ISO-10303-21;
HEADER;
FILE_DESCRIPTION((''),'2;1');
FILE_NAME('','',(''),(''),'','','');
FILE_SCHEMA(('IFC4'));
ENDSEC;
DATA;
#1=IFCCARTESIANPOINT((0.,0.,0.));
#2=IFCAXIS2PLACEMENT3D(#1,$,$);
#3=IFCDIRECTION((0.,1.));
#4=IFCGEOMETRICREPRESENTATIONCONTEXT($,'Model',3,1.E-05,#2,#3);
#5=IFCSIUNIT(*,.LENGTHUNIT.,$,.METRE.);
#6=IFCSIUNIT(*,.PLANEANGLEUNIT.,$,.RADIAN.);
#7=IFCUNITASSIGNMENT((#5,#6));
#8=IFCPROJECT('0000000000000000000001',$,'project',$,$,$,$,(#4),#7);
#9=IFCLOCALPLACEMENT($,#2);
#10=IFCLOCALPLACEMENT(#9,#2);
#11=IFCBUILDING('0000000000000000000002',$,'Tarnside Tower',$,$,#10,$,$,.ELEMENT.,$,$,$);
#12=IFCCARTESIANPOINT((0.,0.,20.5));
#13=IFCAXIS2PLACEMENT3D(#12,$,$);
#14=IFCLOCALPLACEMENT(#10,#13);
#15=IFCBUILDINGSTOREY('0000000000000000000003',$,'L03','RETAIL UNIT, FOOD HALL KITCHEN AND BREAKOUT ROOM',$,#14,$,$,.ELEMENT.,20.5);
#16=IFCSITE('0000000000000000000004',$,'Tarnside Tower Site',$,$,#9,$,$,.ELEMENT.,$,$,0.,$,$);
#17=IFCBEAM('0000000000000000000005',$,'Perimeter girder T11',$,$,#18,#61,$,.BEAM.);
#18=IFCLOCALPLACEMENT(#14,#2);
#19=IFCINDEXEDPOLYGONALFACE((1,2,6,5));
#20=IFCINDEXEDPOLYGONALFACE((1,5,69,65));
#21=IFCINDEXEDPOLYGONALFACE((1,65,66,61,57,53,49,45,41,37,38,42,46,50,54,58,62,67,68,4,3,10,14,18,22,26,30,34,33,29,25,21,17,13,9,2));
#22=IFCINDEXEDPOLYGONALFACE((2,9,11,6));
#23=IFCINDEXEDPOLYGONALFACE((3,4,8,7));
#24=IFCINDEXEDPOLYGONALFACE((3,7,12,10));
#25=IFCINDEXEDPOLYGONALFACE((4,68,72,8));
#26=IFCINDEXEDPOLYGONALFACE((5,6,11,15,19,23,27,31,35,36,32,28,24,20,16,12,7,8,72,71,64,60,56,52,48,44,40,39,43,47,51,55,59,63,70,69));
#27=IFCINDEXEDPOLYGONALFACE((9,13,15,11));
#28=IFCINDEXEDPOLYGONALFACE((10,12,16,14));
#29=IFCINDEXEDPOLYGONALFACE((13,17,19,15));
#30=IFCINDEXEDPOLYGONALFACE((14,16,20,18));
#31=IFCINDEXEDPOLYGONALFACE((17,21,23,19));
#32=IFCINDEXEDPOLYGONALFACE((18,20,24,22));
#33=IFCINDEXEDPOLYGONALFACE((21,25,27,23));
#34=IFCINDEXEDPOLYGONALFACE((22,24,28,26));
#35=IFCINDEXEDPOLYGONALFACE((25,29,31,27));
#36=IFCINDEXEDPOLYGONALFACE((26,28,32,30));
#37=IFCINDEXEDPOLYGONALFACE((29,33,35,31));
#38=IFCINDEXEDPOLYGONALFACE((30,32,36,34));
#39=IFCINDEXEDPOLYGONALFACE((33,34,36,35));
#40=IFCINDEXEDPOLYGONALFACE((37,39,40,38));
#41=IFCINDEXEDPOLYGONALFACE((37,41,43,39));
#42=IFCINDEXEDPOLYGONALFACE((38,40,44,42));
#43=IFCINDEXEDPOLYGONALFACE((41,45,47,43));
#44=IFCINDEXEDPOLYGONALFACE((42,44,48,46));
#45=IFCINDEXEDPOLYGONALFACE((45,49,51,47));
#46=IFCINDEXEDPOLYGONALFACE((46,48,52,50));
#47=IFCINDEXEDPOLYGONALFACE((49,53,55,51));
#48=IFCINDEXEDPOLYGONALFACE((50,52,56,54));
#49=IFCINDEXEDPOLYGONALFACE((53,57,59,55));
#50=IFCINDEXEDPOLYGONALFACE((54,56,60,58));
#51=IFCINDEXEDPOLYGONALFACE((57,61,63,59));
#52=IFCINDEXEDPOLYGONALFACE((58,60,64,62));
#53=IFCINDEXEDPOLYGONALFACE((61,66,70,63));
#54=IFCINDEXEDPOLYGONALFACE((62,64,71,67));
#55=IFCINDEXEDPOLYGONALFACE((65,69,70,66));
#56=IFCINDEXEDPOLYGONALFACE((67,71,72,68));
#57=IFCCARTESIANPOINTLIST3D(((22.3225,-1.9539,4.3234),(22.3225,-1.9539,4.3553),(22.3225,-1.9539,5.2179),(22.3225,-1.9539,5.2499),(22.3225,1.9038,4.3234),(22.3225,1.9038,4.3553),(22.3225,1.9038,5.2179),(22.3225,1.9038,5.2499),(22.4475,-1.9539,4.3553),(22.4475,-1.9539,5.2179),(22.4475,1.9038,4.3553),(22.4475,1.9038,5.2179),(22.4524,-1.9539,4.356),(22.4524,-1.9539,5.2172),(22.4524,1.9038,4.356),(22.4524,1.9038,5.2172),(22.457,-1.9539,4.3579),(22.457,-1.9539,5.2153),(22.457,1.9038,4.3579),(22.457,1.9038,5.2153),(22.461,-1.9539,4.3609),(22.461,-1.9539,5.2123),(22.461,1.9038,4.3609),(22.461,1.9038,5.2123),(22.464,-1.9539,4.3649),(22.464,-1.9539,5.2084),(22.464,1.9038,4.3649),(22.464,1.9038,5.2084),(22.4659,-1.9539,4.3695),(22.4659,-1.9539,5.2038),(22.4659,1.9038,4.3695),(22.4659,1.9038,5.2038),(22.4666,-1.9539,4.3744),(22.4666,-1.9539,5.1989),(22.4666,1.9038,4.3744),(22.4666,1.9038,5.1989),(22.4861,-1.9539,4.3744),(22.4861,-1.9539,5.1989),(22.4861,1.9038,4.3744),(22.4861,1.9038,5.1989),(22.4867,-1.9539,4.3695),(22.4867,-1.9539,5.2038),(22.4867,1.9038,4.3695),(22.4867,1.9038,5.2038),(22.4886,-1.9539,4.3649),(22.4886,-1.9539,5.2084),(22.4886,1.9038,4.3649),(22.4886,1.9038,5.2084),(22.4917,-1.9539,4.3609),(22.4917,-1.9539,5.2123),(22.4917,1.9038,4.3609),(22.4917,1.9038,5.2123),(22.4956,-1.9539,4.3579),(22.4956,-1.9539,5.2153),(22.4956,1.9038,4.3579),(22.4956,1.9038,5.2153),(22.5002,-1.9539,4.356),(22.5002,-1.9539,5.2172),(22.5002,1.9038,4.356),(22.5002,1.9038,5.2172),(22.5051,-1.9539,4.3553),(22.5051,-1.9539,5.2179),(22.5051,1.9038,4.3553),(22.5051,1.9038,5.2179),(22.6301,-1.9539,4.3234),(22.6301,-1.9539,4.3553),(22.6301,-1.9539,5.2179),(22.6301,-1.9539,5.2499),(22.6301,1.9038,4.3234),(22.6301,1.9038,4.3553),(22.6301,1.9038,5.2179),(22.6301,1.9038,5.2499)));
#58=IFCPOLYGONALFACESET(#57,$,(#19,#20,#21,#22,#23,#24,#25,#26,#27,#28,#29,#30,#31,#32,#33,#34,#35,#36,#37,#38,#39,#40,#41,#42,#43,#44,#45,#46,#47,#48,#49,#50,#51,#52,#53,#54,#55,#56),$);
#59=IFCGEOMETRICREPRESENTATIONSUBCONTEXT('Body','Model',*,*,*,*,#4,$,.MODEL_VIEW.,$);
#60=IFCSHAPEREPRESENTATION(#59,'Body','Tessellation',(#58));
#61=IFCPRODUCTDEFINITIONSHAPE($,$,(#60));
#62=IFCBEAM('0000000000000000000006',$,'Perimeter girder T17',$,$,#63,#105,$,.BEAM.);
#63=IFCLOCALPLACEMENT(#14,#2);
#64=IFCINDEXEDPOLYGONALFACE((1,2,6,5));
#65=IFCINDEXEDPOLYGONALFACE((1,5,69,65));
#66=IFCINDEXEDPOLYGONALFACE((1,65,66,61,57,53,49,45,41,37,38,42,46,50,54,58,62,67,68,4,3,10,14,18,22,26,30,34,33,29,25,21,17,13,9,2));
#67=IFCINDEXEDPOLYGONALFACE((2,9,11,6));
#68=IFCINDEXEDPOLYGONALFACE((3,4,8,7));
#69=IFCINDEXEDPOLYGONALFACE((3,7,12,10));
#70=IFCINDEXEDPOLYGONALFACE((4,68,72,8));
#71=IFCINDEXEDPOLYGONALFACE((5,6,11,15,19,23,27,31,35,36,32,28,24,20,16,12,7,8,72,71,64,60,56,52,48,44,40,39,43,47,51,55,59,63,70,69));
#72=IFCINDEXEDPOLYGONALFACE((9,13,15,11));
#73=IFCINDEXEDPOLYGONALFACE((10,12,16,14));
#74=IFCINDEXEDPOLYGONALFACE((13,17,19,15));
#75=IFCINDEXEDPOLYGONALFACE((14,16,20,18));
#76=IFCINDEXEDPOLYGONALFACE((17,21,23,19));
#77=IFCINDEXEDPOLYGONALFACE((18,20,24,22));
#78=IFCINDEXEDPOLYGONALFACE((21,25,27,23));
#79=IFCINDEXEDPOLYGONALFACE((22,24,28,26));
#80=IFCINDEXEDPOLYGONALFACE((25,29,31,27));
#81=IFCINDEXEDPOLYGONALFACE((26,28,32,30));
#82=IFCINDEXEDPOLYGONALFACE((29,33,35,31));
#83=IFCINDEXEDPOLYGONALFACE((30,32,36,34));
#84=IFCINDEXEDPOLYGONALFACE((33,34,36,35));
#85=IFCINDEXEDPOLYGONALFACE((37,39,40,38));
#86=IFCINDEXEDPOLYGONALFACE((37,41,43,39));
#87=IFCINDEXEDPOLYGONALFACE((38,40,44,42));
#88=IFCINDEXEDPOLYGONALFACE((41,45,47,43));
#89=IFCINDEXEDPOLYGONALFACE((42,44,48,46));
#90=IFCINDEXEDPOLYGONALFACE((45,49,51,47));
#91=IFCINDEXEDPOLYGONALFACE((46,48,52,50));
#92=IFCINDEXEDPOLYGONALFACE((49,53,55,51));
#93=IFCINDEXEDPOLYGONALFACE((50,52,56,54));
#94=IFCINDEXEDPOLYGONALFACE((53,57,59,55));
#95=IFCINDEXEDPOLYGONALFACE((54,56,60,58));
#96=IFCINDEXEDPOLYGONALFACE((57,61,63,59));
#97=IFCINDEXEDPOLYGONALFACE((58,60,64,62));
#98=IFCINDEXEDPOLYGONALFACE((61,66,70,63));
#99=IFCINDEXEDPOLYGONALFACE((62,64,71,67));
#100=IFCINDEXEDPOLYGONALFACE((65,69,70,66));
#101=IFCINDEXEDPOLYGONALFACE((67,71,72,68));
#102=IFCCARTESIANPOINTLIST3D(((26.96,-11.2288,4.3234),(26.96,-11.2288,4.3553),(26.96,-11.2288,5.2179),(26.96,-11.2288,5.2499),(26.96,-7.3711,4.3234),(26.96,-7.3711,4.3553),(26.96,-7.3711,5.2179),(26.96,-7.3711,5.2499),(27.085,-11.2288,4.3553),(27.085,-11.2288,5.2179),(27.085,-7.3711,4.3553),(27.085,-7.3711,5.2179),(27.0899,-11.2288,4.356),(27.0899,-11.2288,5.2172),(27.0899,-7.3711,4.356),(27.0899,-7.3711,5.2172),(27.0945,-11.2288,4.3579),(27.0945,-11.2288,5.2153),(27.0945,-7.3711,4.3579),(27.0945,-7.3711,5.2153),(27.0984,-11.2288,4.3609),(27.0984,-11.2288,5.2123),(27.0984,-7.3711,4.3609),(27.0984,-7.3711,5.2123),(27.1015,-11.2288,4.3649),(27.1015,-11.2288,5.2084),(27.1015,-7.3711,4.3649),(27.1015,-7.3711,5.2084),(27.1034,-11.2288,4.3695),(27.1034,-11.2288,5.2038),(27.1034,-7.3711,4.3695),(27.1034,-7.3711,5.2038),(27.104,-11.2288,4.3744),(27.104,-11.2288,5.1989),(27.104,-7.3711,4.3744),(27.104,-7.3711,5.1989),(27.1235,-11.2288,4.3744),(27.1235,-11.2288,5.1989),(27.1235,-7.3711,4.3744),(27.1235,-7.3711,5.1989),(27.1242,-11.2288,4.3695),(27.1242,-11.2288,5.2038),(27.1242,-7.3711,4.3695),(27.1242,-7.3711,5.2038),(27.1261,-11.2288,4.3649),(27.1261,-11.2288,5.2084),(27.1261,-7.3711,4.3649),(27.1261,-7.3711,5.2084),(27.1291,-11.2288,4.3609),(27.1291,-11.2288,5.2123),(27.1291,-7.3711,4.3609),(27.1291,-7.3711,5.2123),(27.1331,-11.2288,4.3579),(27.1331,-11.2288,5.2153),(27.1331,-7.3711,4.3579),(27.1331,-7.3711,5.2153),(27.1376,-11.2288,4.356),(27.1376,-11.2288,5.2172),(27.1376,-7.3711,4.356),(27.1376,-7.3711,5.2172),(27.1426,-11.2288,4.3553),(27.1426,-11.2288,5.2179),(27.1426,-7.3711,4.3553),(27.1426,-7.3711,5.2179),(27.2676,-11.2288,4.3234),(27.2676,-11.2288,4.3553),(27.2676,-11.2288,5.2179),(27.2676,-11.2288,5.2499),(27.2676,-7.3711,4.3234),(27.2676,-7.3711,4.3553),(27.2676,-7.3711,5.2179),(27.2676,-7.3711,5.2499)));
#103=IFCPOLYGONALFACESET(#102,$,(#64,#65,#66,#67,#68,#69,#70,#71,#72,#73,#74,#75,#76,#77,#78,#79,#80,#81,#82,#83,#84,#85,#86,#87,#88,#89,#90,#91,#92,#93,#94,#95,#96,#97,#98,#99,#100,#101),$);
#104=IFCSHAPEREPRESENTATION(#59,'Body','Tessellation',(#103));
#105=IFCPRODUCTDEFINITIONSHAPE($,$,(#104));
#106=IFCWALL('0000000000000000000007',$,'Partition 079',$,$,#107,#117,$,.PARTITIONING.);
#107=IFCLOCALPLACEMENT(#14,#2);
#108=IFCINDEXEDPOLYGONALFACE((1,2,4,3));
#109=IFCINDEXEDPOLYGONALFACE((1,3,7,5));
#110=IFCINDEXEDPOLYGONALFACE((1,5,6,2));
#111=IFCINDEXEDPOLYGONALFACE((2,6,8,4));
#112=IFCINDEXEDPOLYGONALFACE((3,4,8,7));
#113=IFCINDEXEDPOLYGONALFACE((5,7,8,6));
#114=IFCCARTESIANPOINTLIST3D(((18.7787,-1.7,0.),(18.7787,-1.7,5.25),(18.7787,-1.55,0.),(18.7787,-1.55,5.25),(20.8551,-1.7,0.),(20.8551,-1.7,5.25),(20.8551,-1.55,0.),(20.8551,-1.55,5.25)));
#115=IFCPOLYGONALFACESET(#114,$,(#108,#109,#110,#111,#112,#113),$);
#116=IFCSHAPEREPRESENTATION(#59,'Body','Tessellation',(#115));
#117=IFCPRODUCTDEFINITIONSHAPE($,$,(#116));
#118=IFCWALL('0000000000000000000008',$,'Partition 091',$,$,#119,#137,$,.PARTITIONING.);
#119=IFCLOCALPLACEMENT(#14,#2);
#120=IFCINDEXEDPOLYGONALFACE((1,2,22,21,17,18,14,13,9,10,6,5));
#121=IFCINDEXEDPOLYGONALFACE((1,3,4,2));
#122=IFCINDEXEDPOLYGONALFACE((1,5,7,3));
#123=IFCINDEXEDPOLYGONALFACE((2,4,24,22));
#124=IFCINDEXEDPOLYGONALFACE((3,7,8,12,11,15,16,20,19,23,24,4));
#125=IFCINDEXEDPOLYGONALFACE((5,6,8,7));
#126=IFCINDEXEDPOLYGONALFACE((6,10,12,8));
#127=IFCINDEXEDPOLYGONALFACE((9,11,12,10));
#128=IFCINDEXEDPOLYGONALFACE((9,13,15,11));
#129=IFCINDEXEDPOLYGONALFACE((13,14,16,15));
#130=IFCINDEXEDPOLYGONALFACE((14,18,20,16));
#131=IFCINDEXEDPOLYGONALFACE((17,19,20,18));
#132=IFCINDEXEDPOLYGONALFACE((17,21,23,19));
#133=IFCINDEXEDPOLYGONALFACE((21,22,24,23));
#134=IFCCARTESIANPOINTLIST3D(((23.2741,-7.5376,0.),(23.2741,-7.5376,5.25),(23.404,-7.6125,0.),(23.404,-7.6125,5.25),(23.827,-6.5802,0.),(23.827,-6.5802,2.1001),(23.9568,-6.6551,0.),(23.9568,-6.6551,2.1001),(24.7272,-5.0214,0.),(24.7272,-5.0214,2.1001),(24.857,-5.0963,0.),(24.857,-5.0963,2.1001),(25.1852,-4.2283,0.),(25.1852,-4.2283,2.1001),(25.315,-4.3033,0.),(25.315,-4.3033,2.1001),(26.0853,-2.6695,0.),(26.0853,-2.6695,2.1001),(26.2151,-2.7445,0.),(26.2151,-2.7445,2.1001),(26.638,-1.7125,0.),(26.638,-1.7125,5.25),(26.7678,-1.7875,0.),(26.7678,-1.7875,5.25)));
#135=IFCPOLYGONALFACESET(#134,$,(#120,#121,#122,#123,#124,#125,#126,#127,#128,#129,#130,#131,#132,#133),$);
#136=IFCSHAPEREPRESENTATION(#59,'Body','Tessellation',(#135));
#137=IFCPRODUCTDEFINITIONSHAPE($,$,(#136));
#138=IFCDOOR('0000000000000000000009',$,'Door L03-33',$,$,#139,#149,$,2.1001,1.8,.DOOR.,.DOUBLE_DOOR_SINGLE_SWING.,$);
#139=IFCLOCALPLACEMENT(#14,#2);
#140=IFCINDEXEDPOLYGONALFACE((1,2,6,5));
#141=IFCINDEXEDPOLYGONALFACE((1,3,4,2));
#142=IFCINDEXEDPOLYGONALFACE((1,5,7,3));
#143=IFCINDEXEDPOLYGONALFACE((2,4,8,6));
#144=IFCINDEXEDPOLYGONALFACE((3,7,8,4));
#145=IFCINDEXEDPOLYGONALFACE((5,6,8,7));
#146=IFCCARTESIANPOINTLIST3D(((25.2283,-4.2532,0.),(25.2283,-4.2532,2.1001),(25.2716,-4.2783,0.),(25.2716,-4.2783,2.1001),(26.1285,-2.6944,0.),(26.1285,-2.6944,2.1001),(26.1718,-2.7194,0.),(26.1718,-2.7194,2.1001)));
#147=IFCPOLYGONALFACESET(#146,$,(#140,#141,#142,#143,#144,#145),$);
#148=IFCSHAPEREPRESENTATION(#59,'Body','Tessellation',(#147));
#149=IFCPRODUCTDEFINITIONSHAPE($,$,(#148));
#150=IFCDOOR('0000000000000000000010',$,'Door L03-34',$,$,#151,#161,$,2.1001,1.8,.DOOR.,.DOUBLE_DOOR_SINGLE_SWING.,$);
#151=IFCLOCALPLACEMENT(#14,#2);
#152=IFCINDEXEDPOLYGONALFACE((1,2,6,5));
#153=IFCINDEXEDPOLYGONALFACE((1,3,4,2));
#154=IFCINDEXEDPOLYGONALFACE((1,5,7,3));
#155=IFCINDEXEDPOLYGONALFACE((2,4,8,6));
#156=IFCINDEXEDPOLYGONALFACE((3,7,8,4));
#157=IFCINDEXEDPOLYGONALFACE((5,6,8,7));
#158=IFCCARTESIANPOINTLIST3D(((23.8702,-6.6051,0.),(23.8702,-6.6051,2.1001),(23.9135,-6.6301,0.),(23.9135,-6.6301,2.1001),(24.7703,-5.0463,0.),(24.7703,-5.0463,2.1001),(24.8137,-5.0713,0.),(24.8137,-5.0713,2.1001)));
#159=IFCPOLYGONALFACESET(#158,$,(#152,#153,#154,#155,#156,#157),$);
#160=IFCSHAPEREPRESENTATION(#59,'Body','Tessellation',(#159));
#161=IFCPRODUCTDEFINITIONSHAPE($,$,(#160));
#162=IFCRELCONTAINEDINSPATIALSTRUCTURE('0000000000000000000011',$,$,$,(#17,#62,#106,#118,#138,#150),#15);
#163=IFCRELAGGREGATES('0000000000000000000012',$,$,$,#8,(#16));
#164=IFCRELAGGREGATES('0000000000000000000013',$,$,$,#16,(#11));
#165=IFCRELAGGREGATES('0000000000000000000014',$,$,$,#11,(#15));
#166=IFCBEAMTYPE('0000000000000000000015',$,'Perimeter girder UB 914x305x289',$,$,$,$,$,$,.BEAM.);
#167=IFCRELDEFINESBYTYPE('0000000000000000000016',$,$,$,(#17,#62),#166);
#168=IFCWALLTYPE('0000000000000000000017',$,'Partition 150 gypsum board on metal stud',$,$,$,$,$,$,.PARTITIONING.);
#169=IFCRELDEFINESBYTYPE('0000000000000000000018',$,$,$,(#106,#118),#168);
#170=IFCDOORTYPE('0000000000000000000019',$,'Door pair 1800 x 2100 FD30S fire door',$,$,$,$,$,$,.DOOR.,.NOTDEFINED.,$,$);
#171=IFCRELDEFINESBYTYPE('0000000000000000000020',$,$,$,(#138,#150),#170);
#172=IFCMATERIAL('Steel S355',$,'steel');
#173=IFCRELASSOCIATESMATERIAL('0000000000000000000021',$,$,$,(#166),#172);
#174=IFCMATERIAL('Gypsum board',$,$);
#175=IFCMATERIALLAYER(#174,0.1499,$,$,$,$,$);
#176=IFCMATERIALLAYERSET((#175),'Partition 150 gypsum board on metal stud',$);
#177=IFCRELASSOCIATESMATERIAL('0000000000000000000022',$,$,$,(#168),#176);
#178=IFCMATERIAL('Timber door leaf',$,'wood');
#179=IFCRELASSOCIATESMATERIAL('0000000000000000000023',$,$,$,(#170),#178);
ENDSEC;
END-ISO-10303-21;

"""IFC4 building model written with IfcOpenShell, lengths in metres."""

from ifc_helpers import new_model, si_unit, direction, frame, frame_2d, origin, origin_2d, place, context, subcontext, project, spatial, rectangle, i_section, extrude, material, layer, layer_set, material_profile, profile_set, type_object, element, fill, save


model = new_model("IFC4")

# Units and contexts
model_context = context("Model", 3, precision=1e-05, world=origin(), true_north=direction((0.0, 1.0)))
body_context = subcontext(model_context, "Body", "Model", "MODEL_VIEW")
ifc_project = project(units=[si_unit("LENGTHUNIT", "METRE"), si_unit("PLANEANGLEUNIT", "RADIAN")], contexts=[model_context])

# Site, building, storey
site_placement = place(None, origin())
site = spatial("IfcSite", under=ifc_project, at=site_placement, Name="Tarnside Tower Site", CompositionType="ELEMENT", RefElevation=0.0)
building_placement = place(site_placement, origin())
building = spatial("IfcBuilding", under=site, at=building_placement, Name="Tarnside Tower", CompositionType="ELEMENT")
storey_placement = place(building_placement, frame((0.0, 0.0, 20.5)))
storey = spatial("IfcBuildingStorey", under=building, at=storey_placement, Name="L03", Description="RETAIL UNIT, FOOD HALL KITCHEN AND BREAKOUT ROOM", CompositionType="ELEMENT", Elevation=20.5)

# Beams
ifc_material_1 = material(Name="Steel S355", Category="steel")
ifc_material_profile_1 = material_profile(ifc_material_1, i_section(OverallWidth=0.3076, OverallDepth=0.9265, WebThickness=0.0195, FlangeThickness=0.032, FilletRadius=0.019, at=origin_2d()), Name="UB 914x305x289")
ifc_profile_set_1 = profile_set([ifc_material_profile_1], Name="Steel S355")
beam_type_1 = type_object("IfcBeamType", Name="Perimeter girder UB 914x305x289", PredefinedType="BEAM", material=ifc_profile_set_1)
for number, where, z_axis, x_axis, name in (
    (1, (22.4763, -1.9539, 4.7866), (0.0, 1.0, 0.0), (-1.0, 0.0, 0.0), "Perimeter girder T11"),
    (2, (27.1138, -7.3711, 4.7866), (0.0, -1.0, 0.0), (1.0, 0.0, 0.0), "Perimeter girder T17"),
):
    element("IfcBeam", number, at=place(storey_placement, frame(where, z_axis=z_axis, x_axis=x_axis)), inside=storey, type_object=beam_type_1, Name=name, PredefinedType="BEAM", context=body_context, shape_type="SweptSolid", body=[
        extrude(i_section(OverallWidth=0.3076, OverallDepth=0.9265, WebThickness=0.0195, FlangeThickness=0.032, FilletRadius=0.019, at=origin_2d()), origin(), (0.0, 0.0, 1.0), 3.8577),
    ])

# Wall
ifc_material_2 = material(Name="Gypsum board")
ifc_layer_1 = layer(ifc_material_2, 0.1499)
ifc_layer_set_1 = layer_set([ifc_layer_1], Name="Partition 150 gypsum board on metal stud")
wall_type_1 = type_object("IfcWallType", Name="Partition 150 gypsum board on metal stud", PredefinedType="PARTITIONING", material=ifc_layer_set_1)
wall_1_placement = place(storey_placement, frame((20.855, -1.625, 0.0), z_axis=(0.0, 0.0, 1.0), x_axis=(-1.0, 0.0, 0.0)))
element("IfcWall", 3, at=wall_1_placement, inside=storey, type_object=wall_type_1, Name="Partition 079", PredefinedType="PARTITIONING", context=body_context, shape_type="SweptSolid", body=[
    extrude(rectangle(XDim=2.0764, YDim=0.1499, at=frame_2d((1.0381, 0.0))), origin(), (0.0, 0.0, 1.0), 5.25),
])

# Wall, openings, doors
wall_2_placement = place(storey_placement, frame((26.7029, -1.75, 0.0), z_axis=(0.0, 0.0, 1.0), x_axis=(-0.500082, -0.865978, 0.0)))
wall_2 = element("IfcWall", 4, at=wall_2_placement, inside=storey, type_object=wall_type_1, Name="Partition 091", PredefinedType="PARTITIONING", context=body_context, shape_type="SweptSolid", body=[
    extrude(rectangle(XDim=6.7266, YDim=0.1499, at=frame_2d((3.3633, 0.0))), origin(), (0.0, 0.0, 1.0), 5.25),
])
opening_1_placement = place(wall_2_placement, frame((1.1052, 0.0, 0.0)))
opening_1 = element("IfcOpeningElement", 5, at=opening_1_placement, cuts=wall_2, PredefinedType="OPENING", context=body_context, shape_type="SweptSolid", body=[
    extrude(rectangle(XDim=1.8, YDim=2.1001, at=frame_2d((0.8999, 1.05))), frame((0.0, 0.085, 0.0), z_axis=(0.0, -1.0, 0.0), x_axis=(1.0, 0.0, 0.0)), (0.0, 0.0, 1.0), 0.1699),
])
opening_2_placement = place(wall_2_placement, frame((3.821, 0.0, 0.0)))
opening_2 = element("IfcOpeningElement", 6, at=opening_2_placement, cuts=wall_2, PredefinedType="OPENING", context=body_context, shape_type="SweptSolid", body=[
    extrude(rectangle(XDim=1.8, YDim=2.1001, at=frame_2d((0.8999, 1.05))), frame((0.0, 0.085, 0.0), z_axis=(0.0, -1.0, 0.0), x_axis=(1.0, 0.0, 0.0)), (0.0, 0.0, 1.0), 0.1699),
])
ifc_material_3 = material(Name="Timber door leaf", Category="wood")
door_type_1 = type_object("IfcDoorType", Name="Door pair 1800 x 2100 FD30S fire door", OperationType="NOTDEFINED", PredefinedType="DOOR", material=ifc_material_3)
door_1_placement = place(opening_1_placement, origin())
door_1 = element("IfcDoor", 7, at=door_1_placement, inside=storey, type_object=door_type_1, Name="Door L03-33", OperationType="DOUBLE_DOOR_SINGLE_SWING", OverallHeight=2.1001, OverallWidth=1.8, PredefinedType="DOOR", context=body_context, shape_type="SweptSolid", body=[
    extrude(rectangle(XDim=1.8, YDim=2.1001, at=frame_2d((0.8999, 1.05))), frame((0.0, 0.0249, 0.0), z_axis=(0.0, -1.0, 0.0), x_axis=(1.0, 0.0, 0.0)), (0.0, 0.0, 1.0), 0.05),
])
fill(opening_1, door_1)
door_2_placement = place(opening_2_placement, origin())
door_2 = element("IfcDoor", 8, at=door_2_placement, inside=storey, type_object=door_type_1, Name="Door L03-34", OperationType="DOUBLE_DOOR_SINGLE_SWING", OverallHeight=2.1001, OverallWidth=1.8, PredefinedType="DOOR", context=body_context, shape_type="SweptSolid", body=[
    extrude(rectangle(XDim=1.8, YDim=2.1001, at=frame_2d((0.8999, 1.05))), frame((0.0, 0.0249, 0.0), z_axis=(0.0, -1.0, 0.0), x_axis=(1.0, 0.0, 0.0)), (0.0, 0.0, 1.0), 0.05),
])
fill(opening_2, door_2)

save(model, "model.ifc")
